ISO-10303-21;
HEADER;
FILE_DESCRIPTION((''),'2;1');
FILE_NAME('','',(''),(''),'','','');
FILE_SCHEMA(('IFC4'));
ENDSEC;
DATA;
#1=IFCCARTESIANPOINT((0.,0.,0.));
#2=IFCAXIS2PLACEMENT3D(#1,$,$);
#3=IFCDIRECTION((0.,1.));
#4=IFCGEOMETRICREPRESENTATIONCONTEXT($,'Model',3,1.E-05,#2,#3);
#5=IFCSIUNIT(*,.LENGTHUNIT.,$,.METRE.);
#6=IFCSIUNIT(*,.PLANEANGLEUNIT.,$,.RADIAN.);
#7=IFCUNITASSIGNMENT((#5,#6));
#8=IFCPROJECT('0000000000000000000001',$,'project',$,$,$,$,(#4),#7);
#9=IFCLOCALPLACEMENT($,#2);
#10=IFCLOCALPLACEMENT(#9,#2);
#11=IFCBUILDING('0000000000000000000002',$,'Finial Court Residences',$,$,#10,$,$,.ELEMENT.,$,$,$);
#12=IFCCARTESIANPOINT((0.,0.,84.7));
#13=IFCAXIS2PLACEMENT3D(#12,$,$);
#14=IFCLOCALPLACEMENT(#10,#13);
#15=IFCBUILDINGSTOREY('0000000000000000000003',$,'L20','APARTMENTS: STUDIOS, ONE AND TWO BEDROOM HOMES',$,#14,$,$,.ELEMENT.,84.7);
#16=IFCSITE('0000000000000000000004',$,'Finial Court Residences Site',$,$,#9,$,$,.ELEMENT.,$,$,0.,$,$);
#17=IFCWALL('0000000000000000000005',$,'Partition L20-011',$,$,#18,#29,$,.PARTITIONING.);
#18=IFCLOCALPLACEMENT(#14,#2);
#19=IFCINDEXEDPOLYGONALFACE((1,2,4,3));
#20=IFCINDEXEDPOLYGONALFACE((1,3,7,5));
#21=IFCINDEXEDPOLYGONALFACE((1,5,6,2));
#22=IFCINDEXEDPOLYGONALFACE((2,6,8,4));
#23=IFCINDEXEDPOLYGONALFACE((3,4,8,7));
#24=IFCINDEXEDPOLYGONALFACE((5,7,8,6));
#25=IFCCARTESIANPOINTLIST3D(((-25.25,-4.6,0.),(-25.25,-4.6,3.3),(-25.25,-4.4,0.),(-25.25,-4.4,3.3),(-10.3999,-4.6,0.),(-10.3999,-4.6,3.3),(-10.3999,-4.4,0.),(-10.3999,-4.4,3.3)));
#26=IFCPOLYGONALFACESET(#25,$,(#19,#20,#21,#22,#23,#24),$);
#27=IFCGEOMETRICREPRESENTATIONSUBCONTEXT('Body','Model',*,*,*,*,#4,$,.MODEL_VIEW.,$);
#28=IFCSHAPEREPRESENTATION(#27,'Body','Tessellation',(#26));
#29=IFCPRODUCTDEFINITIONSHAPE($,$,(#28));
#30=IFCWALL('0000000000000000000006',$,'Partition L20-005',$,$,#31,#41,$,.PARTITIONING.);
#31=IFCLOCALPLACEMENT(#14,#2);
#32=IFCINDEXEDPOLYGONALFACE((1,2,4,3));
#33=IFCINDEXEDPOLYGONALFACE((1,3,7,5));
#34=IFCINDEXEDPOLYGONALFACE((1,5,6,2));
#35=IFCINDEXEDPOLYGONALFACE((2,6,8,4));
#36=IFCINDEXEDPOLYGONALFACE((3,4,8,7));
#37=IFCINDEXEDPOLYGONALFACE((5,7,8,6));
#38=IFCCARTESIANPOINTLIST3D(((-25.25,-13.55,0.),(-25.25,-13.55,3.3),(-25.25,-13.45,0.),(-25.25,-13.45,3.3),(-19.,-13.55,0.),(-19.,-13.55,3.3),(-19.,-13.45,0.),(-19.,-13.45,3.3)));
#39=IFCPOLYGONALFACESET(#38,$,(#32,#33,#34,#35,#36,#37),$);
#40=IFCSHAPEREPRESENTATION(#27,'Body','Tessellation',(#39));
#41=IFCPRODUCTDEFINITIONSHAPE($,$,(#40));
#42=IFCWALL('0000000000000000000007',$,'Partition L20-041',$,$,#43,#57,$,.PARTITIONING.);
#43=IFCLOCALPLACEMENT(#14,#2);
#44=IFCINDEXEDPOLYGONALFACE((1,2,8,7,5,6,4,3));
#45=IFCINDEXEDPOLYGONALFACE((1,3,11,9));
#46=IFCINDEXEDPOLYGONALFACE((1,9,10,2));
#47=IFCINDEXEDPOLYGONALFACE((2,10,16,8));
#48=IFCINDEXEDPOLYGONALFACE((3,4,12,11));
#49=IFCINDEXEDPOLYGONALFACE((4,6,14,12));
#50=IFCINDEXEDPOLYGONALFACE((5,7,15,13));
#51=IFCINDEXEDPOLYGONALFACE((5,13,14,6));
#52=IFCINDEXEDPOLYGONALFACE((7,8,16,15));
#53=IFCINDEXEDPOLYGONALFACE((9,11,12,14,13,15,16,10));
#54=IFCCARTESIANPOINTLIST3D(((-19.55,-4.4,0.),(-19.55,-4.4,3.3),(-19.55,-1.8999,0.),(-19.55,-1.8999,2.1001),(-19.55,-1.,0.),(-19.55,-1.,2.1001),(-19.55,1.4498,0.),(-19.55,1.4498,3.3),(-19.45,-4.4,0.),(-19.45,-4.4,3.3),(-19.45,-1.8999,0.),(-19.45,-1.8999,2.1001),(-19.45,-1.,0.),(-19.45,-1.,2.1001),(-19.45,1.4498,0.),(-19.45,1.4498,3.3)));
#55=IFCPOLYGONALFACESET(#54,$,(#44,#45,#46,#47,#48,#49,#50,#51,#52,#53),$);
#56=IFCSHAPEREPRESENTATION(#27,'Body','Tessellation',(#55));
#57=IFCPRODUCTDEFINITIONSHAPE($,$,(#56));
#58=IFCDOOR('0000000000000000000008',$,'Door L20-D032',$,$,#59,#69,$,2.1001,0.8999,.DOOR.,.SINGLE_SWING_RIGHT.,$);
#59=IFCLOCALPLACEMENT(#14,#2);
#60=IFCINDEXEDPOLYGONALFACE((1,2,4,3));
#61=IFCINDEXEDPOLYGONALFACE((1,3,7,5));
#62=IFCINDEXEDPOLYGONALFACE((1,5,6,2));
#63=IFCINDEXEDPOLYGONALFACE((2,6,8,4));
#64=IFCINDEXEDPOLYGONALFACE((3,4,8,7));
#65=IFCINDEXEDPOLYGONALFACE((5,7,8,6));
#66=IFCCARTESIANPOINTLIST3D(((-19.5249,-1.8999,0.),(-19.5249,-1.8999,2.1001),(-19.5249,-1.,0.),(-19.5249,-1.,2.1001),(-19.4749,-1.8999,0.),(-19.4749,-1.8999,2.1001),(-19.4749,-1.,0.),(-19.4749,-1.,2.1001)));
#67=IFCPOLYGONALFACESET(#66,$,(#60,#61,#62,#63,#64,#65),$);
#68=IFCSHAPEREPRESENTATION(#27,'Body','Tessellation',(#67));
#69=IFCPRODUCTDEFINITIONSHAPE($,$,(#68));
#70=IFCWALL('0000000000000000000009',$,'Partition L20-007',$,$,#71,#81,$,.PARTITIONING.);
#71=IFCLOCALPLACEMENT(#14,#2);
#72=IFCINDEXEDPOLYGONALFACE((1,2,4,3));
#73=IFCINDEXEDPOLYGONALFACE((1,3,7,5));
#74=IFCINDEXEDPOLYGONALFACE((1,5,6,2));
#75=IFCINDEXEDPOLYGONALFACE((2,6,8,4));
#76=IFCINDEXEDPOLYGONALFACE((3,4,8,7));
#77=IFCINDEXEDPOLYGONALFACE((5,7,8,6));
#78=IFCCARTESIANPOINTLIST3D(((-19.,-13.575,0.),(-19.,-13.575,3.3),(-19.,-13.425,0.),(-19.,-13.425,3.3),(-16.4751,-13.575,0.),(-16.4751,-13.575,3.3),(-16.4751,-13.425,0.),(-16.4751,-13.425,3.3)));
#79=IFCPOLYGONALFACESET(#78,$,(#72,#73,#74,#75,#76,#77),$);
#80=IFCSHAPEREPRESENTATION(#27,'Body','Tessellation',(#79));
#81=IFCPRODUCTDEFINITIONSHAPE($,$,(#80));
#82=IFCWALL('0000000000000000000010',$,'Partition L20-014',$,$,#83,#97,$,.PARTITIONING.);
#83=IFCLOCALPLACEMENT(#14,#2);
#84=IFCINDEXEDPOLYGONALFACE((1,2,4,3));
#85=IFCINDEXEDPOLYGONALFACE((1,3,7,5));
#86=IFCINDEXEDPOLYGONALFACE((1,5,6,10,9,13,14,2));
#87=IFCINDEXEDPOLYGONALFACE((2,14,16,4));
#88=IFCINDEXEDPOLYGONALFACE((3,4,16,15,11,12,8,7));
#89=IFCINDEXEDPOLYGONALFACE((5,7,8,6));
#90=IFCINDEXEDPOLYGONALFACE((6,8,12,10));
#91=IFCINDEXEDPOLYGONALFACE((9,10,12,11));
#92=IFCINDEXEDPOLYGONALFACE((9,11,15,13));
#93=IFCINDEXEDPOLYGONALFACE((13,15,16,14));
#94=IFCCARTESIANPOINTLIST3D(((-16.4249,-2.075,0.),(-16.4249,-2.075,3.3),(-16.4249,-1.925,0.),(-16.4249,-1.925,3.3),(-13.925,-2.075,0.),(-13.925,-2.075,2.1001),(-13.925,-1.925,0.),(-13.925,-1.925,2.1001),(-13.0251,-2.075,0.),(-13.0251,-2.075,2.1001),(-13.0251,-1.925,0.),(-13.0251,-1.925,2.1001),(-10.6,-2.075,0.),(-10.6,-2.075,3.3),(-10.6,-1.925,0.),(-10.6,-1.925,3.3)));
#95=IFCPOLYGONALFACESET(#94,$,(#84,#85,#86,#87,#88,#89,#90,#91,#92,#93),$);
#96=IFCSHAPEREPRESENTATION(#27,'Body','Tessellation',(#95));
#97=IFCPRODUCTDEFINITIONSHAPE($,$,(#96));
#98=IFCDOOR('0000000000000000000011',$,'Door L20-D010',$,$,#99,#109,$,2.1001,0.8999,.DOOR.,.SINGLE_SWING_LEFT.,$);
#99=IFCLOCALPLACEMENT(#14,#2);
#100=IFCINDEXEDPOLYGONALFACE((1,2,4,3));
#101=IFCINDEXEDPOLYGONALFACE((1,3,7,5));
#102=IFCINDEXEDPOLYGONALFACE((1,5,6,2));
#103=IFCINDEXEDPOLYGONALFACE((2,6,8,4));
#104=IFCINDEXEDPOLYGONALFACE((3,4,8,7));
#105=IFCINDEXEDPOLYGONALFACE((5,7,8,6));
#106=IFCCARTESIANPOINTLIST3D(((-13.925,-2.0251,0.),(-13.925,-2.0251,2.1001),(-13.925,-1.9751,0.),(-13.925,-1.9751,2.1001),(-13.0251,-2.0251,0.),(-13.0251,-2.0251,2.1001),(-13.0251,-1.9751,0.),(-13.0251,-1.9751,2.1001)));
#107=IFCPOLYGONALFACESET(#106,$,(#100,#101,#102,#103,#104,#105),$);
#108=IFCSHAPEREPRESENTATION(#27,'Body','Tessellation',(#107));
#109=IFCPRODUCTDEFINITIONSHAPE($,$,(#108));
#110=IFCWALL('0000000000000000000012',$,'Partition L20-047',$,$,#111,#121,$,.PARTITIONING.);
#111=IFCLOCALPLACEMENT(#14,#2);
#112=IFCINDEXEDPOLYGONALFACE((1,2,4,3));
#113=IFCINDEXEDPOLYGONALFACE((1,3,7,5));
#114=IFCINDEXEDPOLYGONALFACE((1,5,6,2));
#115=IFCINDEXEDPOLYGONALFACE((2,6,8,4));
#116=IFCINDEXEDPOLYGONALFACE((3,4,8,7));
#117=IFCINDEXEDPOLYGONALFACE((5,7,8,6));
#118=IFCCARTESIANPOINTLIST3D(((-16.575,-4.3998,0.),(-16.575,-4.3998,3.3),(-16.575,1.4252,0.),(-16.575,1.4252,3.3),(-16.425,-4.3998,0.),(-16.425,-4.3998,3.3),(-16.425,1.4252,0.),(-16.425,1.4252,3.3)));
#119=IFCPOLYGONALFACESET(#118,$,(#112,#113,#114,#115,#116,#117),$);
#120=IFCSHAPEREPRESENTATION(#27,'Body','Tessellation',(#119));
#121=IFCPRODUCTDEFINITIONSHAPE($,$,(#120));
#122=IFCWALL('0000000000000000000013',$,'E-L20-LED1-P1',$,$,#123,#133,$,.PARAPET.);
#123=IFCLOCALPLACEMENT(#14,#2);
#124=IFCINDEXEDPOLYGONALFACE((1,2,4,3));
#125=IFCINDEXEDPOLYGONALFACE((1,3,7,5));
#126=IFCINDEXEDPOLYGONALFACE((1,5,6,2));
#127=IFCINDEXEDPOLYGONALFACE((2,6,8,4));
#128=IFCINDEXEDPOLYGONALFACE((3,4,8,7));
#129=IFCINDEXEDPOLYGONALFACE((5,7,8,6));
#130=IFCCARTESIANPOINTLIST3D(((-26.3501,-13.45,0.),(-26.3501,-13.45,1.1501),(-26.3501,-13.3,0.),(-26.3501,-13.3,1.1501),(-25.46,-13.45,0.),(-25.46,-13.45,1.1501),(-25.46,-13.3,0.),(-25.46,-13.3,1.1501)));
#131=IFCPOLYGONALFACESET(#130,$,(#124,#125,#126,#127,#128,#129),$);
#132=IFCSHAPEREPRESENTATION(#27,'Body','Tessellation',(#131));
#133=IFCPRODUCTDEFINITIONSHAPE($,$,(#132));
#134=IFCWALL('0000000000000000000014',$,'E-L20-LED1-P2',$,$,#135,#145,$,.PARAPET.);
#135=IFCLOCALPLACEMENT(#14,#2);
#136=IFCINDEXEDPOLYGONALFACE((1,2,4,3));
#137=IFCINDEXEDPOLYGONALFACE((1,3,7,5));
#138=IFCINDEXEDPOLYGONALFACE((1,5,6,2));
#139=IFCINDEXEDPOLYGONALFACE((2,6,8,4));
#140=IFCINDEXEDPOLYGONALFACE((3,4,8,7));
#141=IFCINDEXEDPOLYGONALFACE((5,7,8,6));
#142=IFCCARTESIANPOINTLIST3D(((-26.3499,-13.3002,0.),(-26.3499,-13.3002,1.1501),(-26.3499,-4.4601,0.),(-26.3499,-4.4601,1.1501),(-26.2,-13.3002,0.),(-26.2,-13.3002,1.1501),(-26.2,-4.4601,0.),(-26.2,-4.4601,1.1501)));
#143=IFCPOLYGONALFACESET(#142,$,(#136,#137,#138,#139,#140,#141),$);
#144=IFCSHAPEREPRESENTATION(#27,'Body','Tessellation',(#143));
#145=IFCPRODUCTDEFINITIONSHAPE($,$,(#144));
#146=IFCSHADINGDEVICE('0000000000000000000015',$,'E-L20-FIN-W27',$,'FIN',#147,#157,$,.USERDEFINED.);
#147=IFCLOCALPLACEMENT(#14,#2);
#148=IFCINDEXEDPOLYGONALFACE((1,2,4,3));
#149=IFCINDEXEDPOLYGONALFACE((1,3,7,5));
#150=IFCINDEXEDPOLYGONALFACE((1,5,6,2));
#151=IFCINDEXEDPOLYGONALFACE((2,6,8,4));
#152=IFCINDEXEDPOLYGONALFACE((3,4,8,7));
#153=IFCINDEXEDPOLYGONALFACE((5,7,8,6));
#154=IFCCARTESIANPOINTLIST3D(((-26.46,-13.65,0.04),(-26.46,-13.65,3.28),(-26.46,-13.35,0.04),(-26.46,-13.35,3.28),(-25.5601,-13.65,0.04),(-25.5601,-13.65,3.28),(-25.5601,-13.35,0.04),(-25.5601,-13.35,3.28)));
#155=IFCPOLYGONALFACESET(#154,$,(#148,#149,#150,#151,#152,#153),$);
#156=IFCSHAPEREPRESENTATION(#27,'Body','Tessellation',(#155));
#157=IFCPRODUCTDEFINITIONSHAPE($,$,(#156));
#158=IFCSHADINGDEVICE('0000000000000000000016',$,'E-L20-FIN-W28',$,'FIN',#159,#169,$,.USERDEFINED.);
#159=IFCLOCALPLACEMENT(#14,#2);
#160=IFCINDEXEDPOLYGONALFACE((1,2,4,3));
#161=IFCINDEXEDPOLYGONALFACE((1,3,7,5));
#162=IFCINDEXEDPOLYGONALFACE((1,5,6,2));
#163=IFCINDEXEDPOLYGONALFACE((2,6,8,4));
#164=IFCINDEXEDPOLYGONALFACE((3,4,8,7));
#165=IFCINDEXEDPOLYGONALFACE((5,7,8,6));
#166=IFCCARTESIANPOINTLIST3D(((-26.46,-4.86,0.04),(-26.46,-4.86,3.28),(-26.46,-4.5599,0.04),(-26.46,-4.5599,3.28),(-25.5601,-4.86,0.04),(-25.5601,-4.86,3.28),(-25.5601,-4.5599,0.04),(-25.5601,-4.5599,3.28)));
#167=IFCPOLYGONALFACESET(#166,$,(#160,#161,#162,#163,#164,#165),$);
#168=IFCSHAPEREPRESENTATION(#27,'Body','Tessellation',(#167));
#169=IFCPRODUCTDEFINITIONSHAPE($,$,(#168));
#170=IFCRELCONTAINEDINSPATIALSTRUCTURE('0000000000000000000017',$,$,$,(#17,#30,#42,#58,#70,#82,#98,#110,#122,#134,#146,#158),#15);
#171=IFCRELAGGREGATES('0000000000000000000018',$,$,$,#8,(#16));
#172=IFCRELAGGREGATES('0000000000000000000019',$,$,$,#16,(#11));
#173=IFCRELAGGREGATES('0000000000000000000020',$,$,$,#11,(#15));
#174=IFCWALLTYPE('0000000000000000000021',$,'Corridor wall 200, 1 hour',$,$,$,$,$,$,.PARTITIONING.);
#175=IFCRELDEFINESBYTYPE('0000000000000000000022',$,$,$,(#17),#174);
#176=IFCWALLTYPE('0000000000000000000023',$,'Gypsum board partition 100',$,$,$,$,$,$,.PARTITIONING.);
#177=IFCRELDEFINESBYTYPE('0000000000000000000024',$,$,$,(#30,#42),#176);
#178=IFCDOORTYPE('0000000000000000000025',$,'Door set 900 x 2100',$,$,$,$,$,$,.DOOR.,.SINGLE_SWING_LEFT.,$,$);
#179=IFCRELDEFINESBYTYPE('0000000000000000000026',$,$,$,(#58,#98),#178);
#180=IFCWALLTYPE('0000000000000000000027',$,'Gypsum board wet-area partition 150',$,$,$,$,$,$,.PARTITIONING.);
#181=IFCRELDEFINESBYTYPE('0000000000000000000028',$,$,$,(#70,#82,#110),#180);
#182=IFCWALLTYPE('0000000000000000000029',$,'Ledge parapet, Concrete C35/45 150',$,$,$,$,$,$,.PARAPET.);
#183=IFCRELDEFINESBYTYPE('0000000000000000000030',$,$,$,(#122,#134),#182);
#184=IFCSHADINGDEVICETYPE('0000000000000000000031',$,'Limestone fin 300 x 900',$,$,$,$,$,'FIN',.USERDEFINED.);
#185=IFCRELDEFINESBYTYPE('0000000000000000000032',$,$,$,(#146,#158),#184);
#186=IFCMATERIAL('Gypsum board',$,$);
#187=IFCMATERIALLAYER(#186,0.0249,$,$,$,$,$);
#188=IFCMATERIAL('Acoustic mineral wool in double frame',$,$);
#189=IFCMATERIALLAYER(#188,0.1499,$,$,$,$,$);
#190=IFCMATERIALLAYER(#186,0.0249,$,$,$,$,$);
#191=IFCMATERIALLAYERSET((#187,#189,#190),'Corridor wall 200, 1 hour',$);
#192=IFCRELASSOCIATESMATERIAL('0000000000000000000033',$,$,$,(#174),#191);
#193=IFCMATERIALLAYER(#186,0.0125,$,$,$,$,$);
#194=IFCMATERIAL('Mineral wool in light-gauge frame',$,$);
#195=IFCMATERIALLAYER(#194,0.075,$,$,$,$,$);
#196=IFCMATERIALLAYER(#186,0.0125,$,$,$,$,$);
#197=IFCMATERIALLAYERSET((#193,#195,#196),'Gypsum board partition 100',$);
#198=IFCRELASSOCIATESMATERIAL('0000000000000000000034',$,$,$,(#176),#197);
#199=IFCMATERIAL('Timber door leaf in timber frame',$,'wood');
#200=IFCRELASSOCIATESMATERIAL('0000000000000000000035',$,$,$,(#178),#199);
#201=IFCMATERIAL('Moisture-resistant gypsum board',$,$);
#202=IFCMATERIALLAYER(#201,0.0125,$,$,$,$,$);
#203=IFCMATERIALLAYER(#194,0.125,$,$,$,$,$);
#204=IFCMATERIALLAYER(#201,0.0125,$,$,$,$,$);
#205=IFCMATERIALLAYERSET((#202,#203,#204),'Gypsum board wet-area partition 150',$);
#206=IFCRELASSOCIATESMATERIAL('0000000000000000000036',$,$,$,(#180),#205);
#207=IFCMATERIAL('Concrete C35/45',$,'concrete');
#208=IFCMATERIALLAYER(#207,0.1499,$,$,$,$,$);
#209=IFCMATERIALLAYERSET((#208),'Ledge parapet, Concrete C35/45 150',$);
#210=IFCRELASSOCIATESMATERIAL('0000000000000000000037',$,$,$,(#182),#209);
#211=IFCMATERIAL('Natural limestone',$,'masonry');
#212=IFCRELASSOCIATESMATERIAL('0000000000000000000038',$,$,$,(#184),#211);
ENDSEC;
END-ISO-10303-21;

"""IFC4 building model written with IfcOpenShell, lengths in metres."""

from ifc_helpers import new_model, si_unit, direction, frame, frame_2d, origin, origin_2d, place, context, subcontext, project, spatial, rectangle, extrude, material, layer, layer_set, type_object, element, fill, save


model = new_model("IFC4")

# Units and contexts
model_context = context("Model", 3, precision=1e-05, world=origin(), true_north=direction((0.0, 1.0)))
body_context = subcontext(model_context, "Body", "Model", "MODEL_VIEW")
ifc_project = project(units=[si_unit("LENGTHUNIT", "METRE"), si_unit("PLANEANGLEUNIT", "RADIAN")], contexts=[model_context])

# Site, building, storey
site_placement = place(None, origin())
site = spatial("IfcSite", under=ifc_project, at=site_placement, Name="Finial Court Residences Site", CompositionType="ELEMENT", RefElevation=0.0)
building_placement = place(site_placement, origin())
building = spatial("IfcBuilding", under=site, at=building_placement, Name="Finial Court Residences", CompositionType="ELEMENT")
storey_placement = place(building_placement, frame((0.0, 0.0, 84.7)))
storey = spatial("IfcBuildingStorey", under=building, at=storey_placement, Name="L20", Description="APARTMENTS: STUDIOS, ONE AND TWO BEDROOM HOMES", CompositionType="ELEMENT", Elevation=84.7)

# Shared definitions
ifc_material_1 = material(Name="Gypsum board")
ifc_layer_1 = layer(ifc_material_1, 0.0249)
ifc_material_2 = material(Name="Acoustic mineral wool in double frame")
ifc_layer_2 = layer(ifc_material_2, 0.1499)
ifc_layer_3 = layer(ifc_material_1, 0.0249)
ifc_layer_set_1 = layer_set([ifc_layer_1, ifc_layer_2, ifc_layer_3], Name="Corridor wall 200, 1 hour")
wall_type_1 = type_object("IfcWallType", Name="Corridor wall 200, 1 hour", PredefinedType="PARTITIONING", material=ifc_layer_set_1)

# Walls
wall_1_placement = place(storey_placement, frame((-25.25, -4.5, 0.0), z_axis=(0.0, 0.0, 1.0), x_axis=(1.0, 0.0, 0.0)))
element("IfcWall", 1, at=wall_1_placement, inside=storey, type_object=wall_type_1, Name="Partition L20-011", PredefinedType="PARTITIONING", context=body_context, shape_type="SweptSolid", body=[
    extrude(rectangle(XDim=14.8501, YDim=0.2, at=frame_2d((7.425, 0.0))), origin(), (0.0, 0.0, 1.0), 3.3),
])
ifc_layer_4 = layer(ifc_material_1, 0.0125)
ifc_material_3 = material(Name="Mineral wool in light-gauge frame")
ifc_layer_5 = layer(ifc_material_3, 0.075)
ifc_layer_6 = layer(ifc_material_1, 0.0125)
ifc_layer_set_2 = layer_set([ifc_layer_4, ifc_layer_5, ifc_layer_6], Name="Gypsum board partition 100")
wall_type_2 = type_object("IfcWallType", Name="Gypsum board partition 100", PredefinedType="PARTITIONING", material=ifc_layer_set_2)
wall_2_placement = place(storey_placement, frame((-25.25, -13.5, 0.0), z_axis=(0.0, 0.0, 1.0), x_axis=(1.0, 0.0, 0.0)))
element("IfcWall", 2, at=wall_2_placement, inside=storey, type_object=wall_type_2, Name="Partition L20-005", PredefinedType="PARTITIONING", context=body_context, shape_type="SweptSolid", body=[
    extrude(rectangle(XDim=6.25, YDim=0.1001, at=frame_2d((3.125, 0.0))), origin(), (0.0, 0.0, 1.0), 3.3),
])

# Wall, opening, door
wall_3_placement = place(storey_placement, frame((-19.5, -4.3999, 0.0), z_axis=(0.0, 0.0, 1.0), x_axis=(0.0, 1.0, 0.0)))
wall_3 = element("IfcWall", 3, at=wall_3_placement, inside=storey, type_object=wall_type_2, Name="Partition L20-041", PredefinedType="PARTITIONING", context=body_context, shape_type="SweptSolid", body=[
    extrude(rectangle(XDim=5.8499, YDim=0.1001, at=frame_2d((2.9248, 0.0))), origin(), (0.0, 0.0, 1.0), 3.3),
])
opening_1_placement = place(wall_3_placement, frame((2.5, 0.0, 0.0)))
opening_1 = element("IfcOpeningElement", 4, at=opening_1_placement, cuts=wall_3, PredefinedType="OPENING", context=body_context, shape_type="SweptSolid", body=[
    extrude(rectangle(XDim=0.8999, YDim=2.1001, at=frame_2d((0.45, 1.05))), frame((0.0, 0.0601, 0.0), z_axis=(0.0, -1.0, 0.0), x_axis=(1.0, 0.0, 0.0)), (0.0, 0.0, 1.0), 0.1201),
])
ifc_material_4 = material(Name="Timber door leaf in timber frame", Category="wood")
door_type_1 = type_object("IfcDoorType", Name="Door set 900 x 2100", OperationType="SINGLE_SWING_LEFT", PredefinedType="DOOR", material=ifc_material_4)
door_1_placement = place(opening_1_placement, origin())
door_1 = element("IfcDoor", 5, at=door_1_placement, inside=storey, type_object=door_type_1, Name="Door L20-D032", OperationType="SINGLE_SWING_RIGHT", OverallHeight=2.1001, OverallWidth=0.8999, PredefinedType="DOOR", context=body_context, shape_type="SweptSolid", body=[
    extrude(rectangle(XDim=0.8999, YDim=2.1001, at=frame_2d((0.45, 1.05))), frame((0.0, 0.0249, 0.0), z_axis=(0.0, -1.0, 0.0), x_axis=(1.0, 0.0, 0.0)), (0.0, 0.0, 1.0), 0.05),
])
fill(opening_1, door_1)

# Wall
ifc_material_5 = material(Name="Moisture-resistant gypsum board")
ifc_layer_7 = layer(ifc_material_5, 0.0125)
ifc_layer_8 = layer(ifc_material_3, 0.125)
ifc_layer_9 = layer(ifc_material_5, 0.0125)
ifc_layer_set_3 = layer_set([ifc_layer_7, ifc_layer_8, ifc_layer_9], Name="Gypsum board wet-area partition 150")
wall_type_3 = type_object("IfcWallType", Name="Gypsum board wet-area partition 150", PredefinedType="PARTITIONING", material=ifc_layer_set_3)
wall_4_placement = place(storey_placement, frame((-19.0, -13.5, 0.0), z_axis=(0.0, 0.0, 1.0), x_axis=(1.0, 0.0, 0.0)))
element("IfcWall", 6, at=wall_4_placement, inside=storey, type_object=wall_type_3, Name="Partition L20-007", PredefinedType="PARTITIONING", context=body_context, shape_type="SweptSolid", body=[
    extrude(rectangle(XDim=2.5249, YDim=0.1499, at=frame_2d((1.2625, 0.0))), origin(), (0.0, 0.0, 1.0), 3.3),
])

# Wall, opening, door
wall_5_placement = place(storey_placement, frame((-16.425, -2.0, 0.0), z_axis=(0.0, 0.0, 1.0), x_axis=(1.0, 0.0, 0.0)))
wall_5 = element("IfcWall", 7, at=wall_5_placement, inside=storey, type_object=wall_type_3, Name="Partition L20-014", PredefinedType="PARTITIONING", context=body_context, shape_type="SweptSolid", body=[
    extrude(rectangle(XDim=5.825, YDim=0.1499, at=frame_2d((2.9126, 0.0))), origin(), (0.0, 0.0, 1.0), 3.3),
])
opening_2_placement = place(wall_5_placement, frame((2.5, 0.0, 0.0)))
opening_2 = element("IfcOpeningElement", 8, at=opening_2_placement, cuts=wall_5, PredefinedType="OPENING", context=body_context, shape_type="SweptSolid", body=[
    extrude(rectangle(XDim=0.8999, YDim=2.1001, at=frame_2d((0.45, 1.05))), frame((0.0, 0.085, 0.0), z_axis=(0.0, -1.0, 0.0), x_axis=(1.0, 0.0, 0.0)), (0.0, 0.0, 1.0), 0.1699),
])
door_2_placement = place(opening_2_placement, origin())
door_2 = element("IfcDoor", 9, at=door_2_placement, inside=storey, type_object=door_type_1, Name="Door L20-D010", OperationType="SINGLE_SWING_LEFT", OverallHeight=2.1001, OverallWidth=0.8999, PredefinedType="DOOR", context=body_context, shape_type="SweptSolid", body=[
    extrude(rectangle(XDim=0.8999, YDim=2.1001, at=frame_2d((0.45, 1.05))), frame((0.0, 0.0249, 0.0), z_axis=(0.0, -1.0, 0.0), x_axis=(1.0, 0.0, 0.0)), (0.0, 0.0, 1.0), 0.05),
])
fill(opening_2, door_2)

# Walls
wall_6_placement = place(storey_placement, frame((-16.5, -4.3999, 0.0), z_axis=(0.0, 0.0, 1.0), x_axis=(0.0, 1.0, 0.0)))
element("IfcWall", 10, at=wall_6_placement, inside=storey, type_object=wall_type_3, Name="Partition L20-047", PredefinedType="PARTITIONING", context=body_context, shape_type="SweptSolid", body=[
    extrude(rectangle(XDim=5.825, YDim=0.1499, at=frame_2d((2.9126, 0.0))), origin(), (0.0, 0.0, 1.0), 3.3),
])
ifc_material_6 = material(Name="Concrete C35/45", Category="concrete")
ifc_layer_10 = layer(ifc_material_6, 0.1499)
ifc_layer_set_4 = layer_set([ifc_layer_10], Name="Ledge parapet, Concrete C35/45 150")
wall_type_4 = type_object("IfcWallType", Name="Ledge parapet, Concrete C35/45 150", PredefinedType="PARAPET", material=ifc_layer_set_4)
wall_7_placement = place(storey_placement, frame((-25.46, -13.375, 0.0), z_axis=(0.0, 0.0, 1.0), x_axis=(-1.0, 0.0, 0.0)))
element("IfcWall", 11, at=wall_7_placement, inside=storey, type_object=wall_type_4, Name="E-L20-LED1-P1", PredefinedType="PARAPET", context=body_context, shape_type="SweptSolid", body=[
    extrude(rectangle(XDim=0.8901, YDim=0.1499, at=frame_2d((0.4451, 0.0))), origin(), (0.0, 0.0, 1.0), 1.1501),
])
wall_8_placement = place(storey_placement, frame((-26.2749, -13.3, 0.0), z_axis=(0.0, 0.0, 1.0), x_axis=(0.0, 1.0, 0.0)))
element("IfcWall", 12, at=wall_8_placement, inside=storey, type_object=wall_type_4, Name="E-L20-LED1-P2", PredefinedType="PARAPET", context=body_context, shape_type="SweptSolid", body=[
    extrude(rectangle(XDim=8.8401, YDim=0.1499, at=frame_2d((4.4199, 0.0))), origin(), (0.0, 0.0, 1.0), 1.1501),
])

# Shading devices
ifc_material_7 = material(Name="Natural limestone", Category="masonry")
shading_device_type = type_object("IfcShadingDeviceType", Name="Limestone fin 300 x 900", ElementType="FIN", PredefinedType="USERDEFINED", material=ifc_material_7)
for number, where, z_axis, x_axis, name in (
    (13, (-26.01, -13.5, 0.04), (0.0, 0.0, 1.0), (1.0, 0.0, 0.0), "E-L20-FIN-W27"),
    (14, (-26.01, -4.71, 0.04), (0.0, 0.0, 1.0), (1.0, 0.0, 0.0), "E-L20-FIN-W28"),
):
    element("IfcShadingDevice", number, at=place(storey_placement, frame(where, z_axis=z_axis, x_axis=x_axis)), inside=storey, type_object=shading_device_type, Name=name, ObjectType="FIN", PredefinedType="USERDEFINED", context=body_context, shape_type="SweptSolid", body=[
        extrude(rectangle(XDim=0.8999, YDim=0.3, at=origin_2d()), origin(), (0.0, 0.0, 1.0), 3.24),
    ])

save(model, "model.ifc")
